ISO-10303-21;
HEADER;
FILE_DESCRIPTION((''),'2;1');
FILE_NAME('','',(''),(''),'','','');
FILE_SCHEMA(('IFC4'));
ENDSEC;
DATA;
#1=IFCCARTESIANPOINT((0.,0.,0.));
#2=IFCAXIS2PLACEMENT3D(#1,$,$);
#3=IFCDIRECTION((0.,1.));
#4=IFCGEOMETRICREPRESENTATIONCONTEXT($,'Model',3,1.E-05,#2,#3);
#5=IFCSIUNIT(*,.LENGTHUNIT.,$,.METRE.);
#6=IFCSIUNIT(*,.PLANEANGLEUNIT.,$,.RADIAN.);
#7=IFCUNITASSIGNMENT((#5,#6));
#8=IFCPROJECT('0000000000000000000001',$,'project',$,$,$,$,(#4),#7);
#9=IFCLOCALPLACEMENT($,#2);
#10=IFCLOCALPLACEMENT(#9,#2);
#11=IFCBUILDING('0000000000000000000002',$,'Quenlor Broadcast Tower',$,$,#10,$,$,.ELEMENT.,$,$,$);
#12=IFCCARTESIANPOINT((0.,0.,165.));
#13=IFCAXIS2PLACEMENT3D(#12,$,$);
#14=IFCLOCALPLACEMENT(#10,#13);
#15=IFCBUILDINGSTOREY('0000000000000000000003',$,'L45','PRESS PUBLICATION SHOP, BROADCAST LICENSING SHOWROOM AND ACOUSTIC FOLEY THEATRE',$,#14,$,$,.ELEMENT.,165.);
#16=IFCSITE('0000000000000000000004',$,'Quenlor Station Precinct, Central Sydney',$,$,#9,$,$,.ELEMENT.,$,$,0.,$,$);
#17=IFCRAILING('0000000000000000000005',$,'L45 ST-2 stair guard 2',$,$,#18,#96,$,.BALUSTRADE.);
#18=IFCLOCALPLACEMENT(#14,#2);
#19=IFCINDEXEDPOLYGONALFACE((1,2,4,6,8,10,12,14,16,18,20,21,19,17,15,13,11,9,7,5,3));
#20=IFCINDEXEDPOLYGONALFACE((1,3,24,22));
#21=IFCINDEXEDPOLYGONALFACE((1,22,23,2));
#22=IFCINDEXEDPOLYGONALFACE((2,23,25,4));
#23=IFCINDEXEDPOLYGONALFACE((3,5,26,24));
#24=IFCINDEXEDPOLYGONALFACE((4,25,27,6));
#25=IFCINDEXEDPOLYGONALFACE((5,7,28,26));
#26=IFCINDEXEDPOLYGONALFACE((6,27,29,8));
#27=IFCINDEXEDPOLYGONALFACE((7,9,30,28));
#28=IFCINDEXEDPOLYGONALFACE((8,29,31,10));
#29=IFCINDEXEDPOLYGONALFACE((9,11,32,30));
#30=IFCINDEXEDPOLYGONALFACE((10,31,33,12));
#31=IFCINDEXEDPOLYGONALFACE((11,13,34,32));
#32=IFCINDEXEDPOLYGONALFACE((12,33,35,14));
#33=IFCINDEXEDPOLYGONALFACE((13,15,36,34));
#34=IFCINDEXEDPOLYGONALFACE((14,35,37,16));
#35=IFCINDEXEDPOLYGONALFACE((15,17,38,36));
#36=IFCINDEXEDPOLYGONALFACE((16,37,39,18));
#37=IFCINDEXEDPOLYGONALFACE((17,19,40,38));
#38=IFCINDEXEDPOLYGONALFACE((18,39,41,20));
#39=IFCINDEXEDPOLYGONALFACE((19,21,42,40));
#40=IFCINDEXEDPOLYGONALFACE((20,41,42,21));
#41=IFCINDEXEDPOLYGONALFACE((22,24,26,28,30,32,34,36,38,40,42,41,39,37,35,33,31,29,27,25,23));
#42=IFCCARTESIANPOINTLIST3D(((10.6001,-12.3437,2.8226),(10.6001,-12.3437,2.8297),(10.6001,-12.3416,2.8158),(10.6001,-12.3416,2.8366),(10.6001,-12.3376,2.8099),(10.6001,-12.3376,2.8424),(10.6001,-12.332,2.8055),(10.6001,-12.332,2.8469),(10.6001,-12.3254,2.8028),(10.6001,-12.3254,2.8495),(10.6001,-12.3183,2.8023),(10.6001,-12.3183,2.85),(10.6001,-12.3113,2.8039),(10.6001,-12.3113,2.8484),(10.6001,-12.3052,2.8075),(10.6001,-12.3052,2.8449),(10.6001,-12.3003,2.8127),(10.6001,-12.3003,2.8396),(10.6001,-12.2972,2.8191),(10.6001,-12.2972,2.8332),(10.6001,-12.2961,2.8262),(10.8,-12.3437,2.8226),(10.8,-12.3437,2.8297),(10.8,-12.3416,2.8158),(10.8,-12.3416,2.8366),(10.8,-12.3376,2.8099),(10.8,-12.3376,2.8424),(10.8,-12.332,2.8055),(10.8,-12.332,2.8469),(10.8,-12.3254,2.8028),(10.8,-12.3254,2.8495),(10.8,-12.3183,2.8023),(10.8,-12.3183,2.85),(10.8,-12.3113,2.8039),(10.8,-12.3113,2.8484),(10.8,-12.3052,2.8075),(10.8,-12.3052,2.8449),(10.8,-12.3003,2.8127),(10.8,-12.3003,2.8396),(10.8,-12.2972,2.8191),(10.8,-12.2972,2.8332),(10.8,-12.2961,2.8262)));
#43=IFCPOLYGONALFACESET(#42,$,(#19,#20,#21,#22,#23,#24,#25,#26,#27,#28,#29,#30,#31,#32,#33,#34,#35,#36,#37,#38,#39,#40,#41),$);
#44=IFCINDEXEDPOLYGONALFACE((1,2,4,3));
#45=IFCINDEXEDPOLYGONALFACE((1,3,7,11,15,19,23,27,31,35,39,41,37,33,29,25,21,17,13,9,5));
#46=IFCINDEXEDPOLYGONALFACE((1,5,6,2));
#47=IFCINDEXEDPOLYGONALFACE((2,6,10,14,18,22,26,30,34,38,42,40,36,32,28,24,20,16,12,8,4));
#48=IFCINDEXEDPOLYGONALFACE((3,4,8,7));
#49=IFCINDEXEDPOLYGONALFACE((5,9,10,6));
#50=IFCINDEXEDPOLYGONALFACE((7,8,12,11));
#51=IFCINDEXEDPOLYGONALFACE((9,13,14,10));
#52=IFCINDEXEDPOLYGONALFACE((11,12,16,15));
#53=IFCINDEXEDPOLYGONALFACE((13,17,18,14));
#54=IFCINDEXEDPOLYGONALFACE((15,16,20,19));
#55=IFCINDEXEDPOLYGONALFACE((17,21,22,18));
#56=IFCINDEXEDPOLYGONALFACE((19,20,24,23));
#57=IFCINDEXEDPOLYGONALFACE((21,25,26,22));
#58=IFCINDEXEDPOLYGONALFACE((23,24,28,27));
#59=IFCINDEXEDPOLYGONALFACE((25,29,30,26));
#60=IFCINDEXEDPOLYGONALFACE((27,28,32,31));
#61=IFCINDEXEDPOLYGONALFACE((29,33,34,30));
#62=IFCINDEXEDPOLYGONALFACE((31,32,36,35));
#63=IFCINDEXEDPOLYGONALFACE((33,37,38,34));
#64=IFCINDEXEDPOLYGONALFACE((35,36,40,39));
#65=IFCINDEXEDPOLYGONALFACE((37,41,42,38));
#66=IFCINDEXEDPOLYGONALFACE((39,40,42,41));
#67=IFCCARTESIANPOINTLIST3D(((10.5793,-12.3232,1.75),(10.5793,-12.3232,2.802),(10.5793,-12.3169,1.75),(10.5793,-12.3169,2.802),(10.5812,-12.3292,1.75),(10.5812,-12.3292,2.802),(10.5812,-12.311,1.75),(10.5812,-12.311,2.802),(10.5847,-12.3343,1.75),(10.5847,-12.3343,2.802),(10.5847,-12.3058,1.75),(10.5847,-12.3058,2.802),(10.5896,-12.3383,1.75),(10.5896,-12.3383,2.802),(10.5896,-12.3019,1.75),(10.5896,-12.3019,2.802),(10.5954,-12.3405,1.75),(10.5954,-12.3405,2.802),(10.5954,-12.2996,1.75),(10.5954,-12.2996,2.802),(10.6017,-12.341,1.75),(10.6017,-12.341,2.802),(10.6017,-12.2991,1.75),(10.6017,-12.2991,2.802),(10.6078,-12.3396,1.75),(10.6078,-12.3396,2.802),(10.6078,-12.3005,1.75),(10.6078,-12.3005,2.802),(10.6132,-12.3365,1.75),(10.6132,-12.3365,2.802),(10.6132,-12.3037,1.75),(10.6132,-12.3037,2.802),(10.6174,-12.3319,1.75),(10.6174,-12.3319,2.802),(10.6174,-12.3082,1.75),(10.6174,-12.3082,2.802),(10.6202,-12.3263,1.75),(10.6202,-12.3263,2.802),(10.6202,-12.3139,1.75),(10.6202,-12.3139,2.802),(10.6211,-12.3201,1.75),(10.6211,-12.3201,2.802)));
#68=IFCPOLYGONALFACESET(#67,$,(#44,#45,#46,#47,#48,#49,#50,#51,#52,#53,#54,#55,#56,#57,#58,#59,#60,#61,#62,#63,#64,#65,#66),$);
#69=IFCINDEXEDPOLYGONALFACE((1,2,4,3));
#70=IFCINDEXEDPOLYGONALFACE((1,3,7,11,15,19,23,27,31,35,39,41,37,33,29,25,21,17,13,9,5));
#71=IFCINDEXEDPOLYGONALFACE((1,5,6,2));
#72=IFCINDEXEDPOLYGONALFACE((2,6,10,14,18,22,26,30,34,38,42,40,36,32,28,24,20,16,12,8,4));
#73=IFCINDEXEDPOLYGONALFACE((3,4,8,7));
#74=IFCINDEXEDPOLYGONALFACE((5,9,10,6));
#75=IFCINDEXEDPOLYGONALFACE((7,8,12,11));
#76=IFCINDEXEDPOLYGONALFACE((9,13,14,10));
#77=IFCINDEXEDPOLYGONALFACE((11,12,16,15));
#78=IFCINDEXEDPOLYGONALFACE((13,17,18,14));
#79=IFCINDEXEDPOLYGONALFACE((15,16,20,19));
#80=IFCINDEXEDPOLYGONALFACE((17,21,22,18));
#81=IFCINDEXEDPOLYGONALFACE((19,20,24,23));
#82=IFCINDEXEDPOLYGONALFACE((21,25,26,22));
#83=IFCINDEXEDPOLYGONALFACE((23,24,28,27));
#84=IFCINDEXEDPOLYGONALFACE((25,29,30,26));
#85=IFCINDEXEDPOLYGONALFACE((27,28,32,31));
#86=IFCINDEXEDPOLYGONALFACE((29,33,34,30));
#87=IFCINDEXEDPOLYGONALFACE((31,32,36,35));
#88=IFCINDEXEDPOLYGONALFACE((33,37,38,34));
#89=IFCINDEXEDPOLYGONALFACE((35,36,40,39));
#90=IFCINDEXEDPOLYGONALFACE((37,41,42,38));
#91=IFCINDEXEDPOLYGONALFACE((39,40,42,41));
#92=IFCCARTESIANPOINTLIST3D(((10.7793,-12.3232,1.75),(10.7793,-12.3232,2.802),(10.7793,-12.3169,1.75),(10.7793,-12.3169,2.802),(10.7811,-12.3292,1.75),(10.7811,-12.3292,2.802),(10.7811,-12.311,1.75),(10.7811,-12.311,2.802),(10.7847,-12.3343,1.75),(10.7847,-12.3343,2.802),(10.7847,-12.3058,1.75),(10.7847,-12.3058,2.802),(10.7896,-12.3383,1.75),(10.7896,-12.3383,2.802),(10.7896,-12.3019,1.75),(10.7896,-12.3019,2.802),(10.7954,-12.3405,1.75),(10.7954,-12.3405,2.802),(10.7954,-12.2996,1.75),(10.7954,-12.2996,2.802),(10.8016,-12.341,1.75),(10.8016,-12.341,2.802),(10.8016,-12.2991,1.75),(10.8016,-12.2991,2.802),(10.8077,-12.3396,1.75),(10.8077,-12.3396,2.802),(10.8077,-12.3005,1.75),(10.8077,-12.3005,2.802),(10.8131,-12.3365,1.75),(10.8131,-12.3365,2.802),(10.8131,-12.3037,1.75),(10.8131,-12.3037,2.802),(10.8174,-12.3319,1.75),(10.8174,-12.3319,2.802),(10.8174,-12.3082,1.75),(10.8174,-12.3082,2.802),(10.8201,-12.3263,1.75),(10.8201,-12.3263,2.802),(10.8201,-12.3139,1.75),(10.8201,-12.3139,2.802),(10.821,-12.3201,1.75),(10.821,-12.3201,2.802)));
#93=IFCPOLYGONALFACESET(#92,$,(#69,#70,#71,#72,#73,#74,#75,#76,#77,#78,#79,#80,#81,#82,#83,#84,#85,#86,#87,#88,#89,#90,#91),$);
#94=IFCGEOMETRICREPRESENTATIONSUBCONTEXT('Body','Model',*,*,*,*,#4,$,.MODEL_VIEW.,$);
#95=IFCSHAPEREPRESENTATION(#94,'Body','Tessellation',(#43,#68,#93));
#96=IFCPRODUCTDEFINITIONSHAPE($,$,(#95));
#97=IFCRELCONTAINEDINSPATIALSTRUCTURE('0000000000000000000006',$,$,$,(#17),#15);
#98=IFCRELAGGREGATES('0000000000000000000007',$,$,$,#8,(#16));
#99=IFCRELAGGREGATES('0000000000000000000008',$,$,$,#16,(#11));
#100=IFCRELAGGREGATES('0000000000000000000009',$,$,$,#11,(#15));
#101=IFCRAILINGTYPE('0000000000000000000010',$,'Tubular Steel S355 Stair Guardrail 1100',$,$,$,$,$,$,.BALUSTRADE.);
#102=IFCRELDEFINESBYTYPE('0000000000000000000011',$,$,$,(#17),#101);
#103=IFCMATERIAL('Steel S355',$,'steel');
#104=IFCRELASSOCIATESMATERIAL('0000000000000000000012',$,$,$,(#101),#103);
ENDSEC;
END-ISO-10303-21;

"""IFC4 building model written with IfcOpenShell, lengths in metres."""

from ifc_helpers import new_model, si_unit, direction, frame, origin, origin_2d, place, context, subcontext, project, spatial, circle, extrude, material, type_object, element, save


model = new_model("IFC4")

# Units and contexts
model_context = context("Model", 3, precision=1e-05, world=origin(), true_north=direction((0.0, 1.0)))
body_context = subcontext(model_context, "Body", "Model", "MODEL_VIEW")
ifc_project = project(units=[si_unit("LENGTHUNIT", "METRE"), si_unit("PLANEANGLEUNIT", "RADIAN")], contexts=[model_context])

# Site, building, storey
site_placement = place(None, origin())
site = spatial("IfcSite", under=ifc_project, at=site_placement, Name="Quenlor Station Precinct, Central Sydney", CompositionType="ELEMENT", RefElevation=0.0)
building_placement = place(site_placement, origin())
building = spatial("IfcBuilding", under=site, at=building_placement, Name="Quenlor Broadcast Tower", CompositionType="ELEMENT")
storey_placement = place(building_placement, frame((0.0, 0.0, 165.0)))
storey = spatial("IfcBuildingStorey", under=building, at=storey_placement, Name="L45", Description="PRESS PUBLICATION SHOP, BROADCAST LICENSING SHOWROOM AND ACOUSTIC FOLEY THEATRE", CompositionType="ELEMENT", Elevation=165.0)

# Railing
ifc_material_1 = material(Name="Steel S355", Category="steel")
railing_type = type_object("IfcRailingType", Name="Tubular Steel S355 Stair Guardrail 1100", PredefinedType="BALUSTRADE", material=ifc_material_1)
railing_placement = place(storey_placement, frame((10.6001, -12.3201, 1.75)))
element("IfcRailing", 1, at=railing_placement, inside=storey, type_object=railing_type, Name="L45 ST-2 stair guard 2", PredefinedType="BALUSTRADE", context=body_context, shape_type="SweptSolid", body=[
    extrude(circle(Radius=0.0239, at=origin_2d()), frame((0.0, 0.0, 1.0762), z_axis=(1.0, 0.0, 0.0), x_axis=(0.0, 1.0, 0.0)), (0.0, 0.0, 1.0), 0.2),
    extrude(circle(Radius=0.021, at=origin_2d()), origin(), (0.0, 0.0, 1.0), 1.052),
    extrude(circle(Radius=0.021, at=origin_2d()), frame((0.2, 0.0, 0.0)), (0.0, 0.0, 1.0), 1.052),
])

save(model, "model.ifc")
